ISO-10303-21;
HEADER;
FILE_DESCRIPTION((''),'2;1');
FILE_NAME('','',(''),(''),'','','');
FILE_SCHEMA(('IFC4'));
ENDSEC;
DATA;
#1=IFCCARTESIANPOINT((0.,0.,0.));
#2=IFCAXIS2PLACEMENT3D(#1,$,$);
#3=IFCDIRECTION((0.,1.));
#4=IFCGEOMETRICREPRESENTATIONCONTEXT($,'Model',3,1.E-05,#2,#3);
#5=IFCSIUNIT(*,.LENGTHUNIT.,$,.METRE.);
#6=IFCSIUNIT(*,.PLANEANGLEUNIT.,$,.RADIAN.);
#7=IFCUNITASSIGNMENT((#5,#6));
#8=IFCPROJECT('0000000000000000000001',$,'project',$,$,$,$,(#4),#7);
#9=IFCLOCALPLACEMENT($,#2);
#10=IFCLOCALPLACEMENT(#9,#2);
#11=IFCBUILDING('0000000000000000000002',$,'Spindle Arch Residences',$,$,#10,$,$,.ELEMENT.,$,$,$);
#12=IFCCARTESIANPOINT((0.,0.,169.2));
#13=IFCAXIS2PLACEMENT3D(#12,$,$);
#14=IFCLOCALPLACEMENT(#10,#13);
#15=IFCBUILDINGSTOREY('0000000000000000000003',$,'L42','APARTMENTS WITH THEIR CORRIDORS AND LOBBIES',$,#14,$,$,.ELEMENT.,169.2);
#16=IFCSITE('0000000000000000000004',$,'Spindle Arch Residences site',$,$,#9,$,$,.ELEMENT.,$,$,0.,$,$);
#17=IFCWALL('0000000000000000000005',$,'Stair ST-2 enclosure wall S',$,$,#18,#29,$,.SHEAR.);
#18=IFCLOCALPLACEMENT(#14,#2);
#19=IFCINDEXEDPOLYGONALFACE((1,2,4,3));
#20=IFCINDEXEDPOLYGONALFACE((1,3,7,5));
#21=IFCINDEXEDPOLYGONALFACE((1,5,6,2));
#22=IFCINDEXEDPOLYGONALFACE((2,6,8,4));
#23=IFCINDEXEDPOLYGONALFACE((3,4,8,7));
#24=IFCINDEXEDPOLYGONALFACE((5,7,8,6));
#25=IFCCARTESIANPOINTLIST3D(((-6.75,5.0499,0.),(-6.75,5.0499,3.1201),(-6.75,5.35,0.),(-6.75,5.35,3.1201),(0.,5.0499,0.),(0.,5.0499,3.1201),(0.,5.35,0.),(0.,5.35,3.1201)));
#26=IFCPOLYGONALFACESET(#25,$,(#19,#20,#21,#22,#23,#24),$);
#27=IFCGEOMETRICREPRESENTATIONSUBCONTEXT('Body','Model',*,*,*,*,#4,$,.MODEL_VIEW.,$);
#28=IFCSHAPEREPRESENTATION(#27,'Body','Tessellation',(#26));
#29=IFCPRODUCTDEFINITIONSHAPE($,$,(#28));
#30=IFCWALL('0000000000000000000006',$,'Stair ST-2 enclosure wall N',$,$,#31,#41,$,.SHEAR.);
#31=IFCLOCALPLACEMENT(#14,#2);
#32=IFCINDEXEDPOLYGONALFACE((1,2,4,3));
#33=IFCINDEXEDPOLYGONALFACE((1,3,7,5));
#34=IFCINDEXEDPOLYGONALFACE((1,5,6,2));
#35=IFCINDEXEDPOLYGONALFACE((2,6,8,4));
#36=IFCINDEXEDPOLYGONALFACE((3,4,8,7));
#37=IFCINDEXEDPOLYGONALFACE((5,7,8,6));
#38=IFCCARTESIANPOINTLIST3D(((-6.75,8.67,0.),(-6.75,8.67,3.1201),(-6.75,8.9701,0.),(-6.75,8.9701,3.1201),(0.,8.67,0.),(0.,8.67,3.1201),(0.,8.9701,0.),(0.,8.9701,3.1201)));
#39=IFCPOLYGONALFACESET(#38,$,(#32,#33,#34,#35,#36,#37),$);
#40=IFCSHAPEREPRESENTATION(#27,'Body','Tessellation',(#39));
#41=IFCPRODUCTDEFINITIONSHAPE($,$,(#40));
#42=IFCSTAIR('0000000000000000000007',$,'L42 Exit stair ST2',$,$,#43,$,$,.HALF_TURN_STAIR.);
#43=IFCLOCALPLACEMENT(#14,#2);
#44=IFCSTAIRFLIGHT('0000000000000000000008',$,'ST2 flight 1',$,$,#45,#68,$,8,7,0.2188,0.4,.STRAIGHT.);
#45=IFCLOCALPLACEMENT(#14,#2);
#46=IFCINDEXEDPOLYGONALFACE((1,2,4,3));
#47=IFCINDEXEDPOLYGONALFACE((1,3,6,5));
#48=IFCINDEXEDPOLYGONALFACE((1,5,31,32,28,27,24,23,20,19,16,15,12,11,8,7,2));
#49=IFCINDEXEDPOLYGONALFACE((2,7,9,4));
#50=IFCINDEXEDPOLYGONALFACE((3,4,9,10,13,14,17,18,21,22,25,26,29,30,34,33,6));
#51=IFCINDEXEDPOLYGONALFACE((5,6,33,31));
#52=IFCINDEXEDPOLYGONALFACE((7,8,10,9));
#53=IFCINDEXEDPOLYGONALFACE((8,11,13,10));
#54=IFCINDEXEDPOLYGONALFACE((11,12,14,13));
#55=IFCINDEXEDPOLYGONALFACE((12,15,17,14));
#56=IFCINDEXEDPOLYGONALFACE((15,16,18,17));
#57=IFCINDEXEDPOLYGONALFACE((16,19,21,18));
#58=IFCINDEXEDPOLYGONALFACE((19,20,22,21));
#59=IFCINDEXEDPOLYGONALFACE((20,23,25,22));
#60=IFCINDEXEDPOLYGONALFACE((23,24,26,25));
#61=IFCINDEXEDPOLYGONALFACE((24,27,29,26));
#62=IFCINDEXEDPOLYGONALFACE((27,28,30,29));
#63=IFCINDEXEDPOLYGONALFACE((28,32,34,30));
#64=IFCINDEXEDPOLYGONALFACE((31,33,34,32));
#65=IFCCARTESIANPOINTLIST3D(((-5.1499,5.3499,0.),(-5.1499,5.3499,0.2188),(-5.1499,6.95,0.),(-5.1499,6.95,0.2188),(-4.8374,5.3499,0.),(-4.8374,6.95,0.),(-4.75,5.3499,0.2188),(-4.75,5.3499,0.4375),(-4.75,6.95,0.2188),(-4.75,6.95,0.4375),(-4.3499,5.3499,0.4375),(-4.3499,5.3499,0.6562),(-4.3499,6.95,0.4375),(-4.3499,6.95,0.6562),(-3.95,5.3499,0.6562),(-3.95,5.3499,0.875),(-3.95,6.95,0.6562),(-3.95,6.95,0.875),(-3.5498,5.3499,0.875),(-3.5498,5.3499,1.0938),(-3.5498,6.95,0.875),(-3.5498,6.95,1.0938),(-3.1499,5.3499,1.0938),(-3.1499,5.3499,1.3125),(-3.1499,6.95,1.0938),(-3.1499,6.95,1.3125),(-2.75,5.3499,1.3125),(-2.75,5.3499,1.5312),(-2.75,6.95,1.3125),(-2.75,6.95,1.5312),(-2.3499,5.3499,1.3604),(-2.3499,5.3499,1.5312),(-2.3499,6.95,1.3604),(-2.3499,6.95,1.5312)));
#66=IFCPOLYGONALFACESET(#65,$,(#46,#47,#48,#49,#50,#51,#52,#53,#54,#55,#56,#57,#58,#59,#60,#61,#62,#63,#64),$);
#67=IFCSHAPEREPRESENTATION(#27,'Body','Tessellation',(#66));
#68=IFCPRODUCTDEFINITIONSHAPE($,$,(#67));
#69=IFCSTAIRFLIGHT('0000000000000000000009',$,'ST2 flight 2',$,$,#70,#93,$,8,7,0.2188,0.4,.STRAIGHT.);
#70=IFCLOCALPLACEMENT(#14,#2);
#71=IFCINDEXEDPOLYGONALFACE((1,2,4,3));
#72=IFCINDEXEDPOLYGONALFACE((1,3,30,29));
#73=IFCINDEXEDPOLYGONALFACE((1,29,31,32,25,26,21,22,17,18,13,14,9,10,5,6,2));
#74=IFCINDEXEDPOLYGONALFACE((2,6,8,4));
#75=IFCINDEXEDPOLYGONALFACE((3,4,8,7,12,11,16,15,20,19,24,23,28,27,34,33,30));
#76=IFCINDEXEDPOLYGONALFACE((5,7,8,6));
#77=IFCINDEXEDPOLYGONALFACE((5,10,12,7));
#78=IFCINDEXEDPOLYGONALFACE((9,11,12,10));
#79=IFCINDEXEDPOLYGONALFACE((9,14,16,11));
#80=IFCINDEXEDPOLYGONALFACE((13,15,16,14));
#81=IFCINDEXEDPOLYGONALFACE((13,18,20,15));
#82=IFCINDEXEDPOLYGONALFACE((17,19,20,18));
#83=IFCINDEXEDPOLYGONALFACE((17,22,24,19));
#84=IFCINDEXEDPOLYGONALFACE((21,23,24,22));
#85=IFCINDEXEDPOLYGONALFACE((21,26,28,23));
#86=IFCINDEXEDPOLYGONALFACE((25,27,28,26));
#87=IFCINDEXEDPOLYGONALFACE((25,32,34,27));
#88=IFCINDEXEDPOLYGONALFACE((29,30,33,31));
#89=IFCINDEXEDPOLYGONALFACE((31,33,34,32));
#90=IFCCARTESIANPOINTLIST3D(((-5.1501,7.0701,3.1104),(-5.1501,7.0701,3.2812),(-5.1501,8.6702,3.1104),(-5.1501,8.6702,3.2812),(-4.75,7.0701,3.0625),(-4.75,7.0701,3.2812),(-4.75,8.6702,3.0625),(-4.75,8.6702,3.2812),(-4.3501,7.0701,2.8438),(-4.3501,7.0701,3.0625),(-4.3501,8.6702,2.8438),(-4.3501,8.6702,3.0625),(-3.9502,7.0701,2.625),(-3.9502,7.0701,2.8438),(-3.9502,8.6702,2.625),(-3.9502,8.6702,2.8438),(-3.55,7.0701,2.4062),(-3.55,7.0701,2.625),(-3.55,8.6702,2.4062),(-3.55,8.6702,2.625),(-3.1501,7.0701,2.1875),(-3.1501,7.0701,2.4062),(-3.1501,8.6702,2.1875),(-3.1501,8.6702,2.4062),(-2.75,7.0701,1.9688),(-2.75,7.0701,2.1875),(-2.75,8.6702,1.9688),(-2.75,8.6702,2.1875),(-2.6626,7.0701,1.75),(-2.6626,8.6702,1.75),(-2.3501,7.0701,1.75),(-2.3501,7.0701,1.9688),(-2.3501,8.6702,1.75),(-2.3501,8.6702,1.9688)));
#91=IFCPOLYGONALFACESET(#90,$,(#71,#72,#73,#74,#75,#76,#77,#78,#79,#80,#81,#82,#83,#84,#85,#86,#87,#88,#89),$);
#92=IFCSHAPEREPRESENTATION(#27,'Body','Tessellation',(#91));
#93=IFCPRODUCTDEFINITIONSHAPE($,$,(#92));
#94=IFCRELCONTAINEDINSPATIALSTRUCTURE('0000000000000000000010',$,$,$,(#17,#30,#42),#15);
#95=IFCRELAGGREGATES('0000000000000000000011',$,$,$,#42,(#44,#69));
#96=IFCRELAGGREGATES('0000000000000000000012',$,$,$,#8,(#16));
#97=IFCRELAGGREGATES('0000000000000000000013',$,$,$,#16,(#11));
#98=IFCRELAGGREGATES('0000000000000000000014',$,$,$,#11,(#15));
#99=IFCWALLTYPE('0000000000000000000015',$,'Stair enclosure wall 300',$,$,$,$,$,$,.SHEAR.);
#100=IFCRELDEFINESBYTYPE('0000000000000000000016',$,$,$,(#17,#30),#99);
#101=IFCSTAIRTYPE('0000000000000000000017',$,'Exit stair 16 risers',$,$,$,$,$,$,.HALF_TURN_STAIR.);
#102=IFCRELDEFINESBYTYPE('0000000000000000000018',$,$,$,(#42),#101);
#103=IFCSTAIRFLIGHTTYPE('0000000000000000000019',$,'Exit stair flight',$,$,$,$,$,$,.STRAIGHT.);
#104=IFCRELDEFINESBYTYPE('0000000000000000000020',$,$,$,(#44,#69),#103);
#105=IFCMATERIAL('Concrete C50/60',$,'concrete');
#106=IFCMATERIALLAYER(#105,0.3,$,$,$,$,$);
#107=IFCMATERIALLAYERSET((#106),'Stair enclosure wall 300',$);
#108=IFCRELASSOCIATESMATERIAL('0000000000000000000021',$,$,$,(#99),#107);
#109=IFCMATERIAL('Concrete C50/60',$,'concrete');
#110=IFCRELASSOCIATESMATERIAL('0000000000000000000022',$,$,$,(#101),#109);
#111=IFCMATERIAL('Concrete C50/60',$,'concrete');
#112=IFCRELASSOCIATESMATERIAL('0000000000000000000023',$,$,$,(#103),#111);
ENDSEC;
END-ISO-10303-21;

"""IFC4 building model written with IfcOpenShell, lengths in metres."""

from ifc_helpers import new_model, si_unit, direction, frame, frame_2d, origin, place, context, subcontext, project, spatial, polyline, rectangle, outline, extrude, material, layer, layer_set, type_object, element, aggregate, save


model = new_model("IFC4")

# Units and contexts
model_context = context("Model", 3, precision=1e-05, world=origin(), true_north=direction((0.0, 1.0)))
body_context = subcontext(model_context, "Body", "Model", "MODEL_VIEW")
ifc_project = project(units=[si_unit("LENGTHUNIT", "METRE"), si_unit("PLANEANGLEUNIT", "RADIAN")], contexts=[model_context])

# Site, building, storey
site_placement = place(None, origin())
site = spatial("IfcSite", under=ifc_project, at=site_placement, Name="Spindle Arch Residences site", CompositionType="ELEMENT", RefElevation=0.0)
building_placement = place(site_placement, origin())
building = spatial("IfcBuilding", under=site, at=building_placement, Name="Spindle Arch Residences", CompositionType="ELEMENT")
storey_placement = place(building_placement, frame((0.0, 0.0, 169.2)))
storey = spatial("IfcBuildingStorey", under=building, at=storey_placement, Name="L42", Description="APARTMENTS WITH THEIR CORRIDORS AND LOBBIES", CompositionType="ELEMENT", Elevation=169.2)

# Walls
ifc_material_1 = material(Name="Concrete C50/60", Category="concrete")
ifc_layer_1 = layer(ifc_material_1, 0.3)
ifc_layer_set_1 = layer_set([ifc_layer_1], Name="Stair enclosure wall 300")
wall_type_1 = type_object("IfcWallType", Name="Stair enclosure wall 300", PredefinedType="SHEAR", material=ifc_layer_set_1)
for number, where, z_axis, x_axis, name in (
    (1, (-6.75, 5.2, 0.0), (0.0, 0.0, 1.0), (1.0, 0.0, 0.0), "Stair ST-2 enclosure wall S"),
    (2, (-6.75, 8.8201, 0.0), (0.0, 0.0, 1.0), (1.0, 0.0, 0.0), "Stair ST-2 enclosure wall N"),
):
    element("IfcWall", number, at=place(storey_placement, frame(where, z_axis=z_axis, x_axis=x_axis)), inside=storey, type_object=wall_type_1, Name=name, PredefinedType="SHEAR", context=body_context, shape_type="SweptSolid", body=[
        extrude(rectangle(XDim=6.75, YDim=0.3, at=frame_2d((3.375, 0.0))), origin(), (0.0, 0.0, 1.0), 3.1201),
    ])

# Stair, stair flights
ifc_material_2 = material(Name="Concrete C50/60", Category="concrete")
stair_type = type_object("IfcStairType", Name="Exit stair 16 risers", PredefinedType="HALF_TURN_STAIR", material=ifc_material_2)
stair_placement = place(storey_placement, origin())
stair = element("IfcStair", 3, at=stair_placement, inside=storey, type_object=stair_type, Name="L42 Exit stair ST2", PredefinedType="HALF_TURN_STAIR")
ifc_material_3 = material(Name="Concrete C50/60", Category="concrete")
stair_flight_type = type_object("IfcStairFlightType", Name="Exit stair flight", PredefinedType="STRAIGHT", material=ifc_material_3)
stair_flight_1_placement = place(storey_placement, frame((-5.1499, 6.1499, 0.0), z_axis=(0.0, 0.0, 1.0), x_axis=(1.0, 0.0, 0.0)))
stair_flight_1 = element("IfcStairFlight", 4, at=stair_flight_1_placement, type_object=stair_flight_type, Name="ST2 flight 1", NumberOfRisers=8, NumberOfTreads=7, PredefinedType="STRAIGHT", RiserHeight=0.2188, TreadLength=0.4, context=body_context, shape_type="SweptSolid", body=[
    extrude(outline(polyline([(0.0, 0.0), (0.0, 0.2188), (0.3999, 0.2188), (0.3999, 0.4375), (0.8, 0.4375), (0.8, 0.6562), (1.2, 0.6562), (1.2, 0.875), (1.6001, 0.875), (1.6001, 1.0938), (2.0, 1.0938), (2.0, 1.3125), (2.3999, 1.3125), (2.3999, 1.5312), (2.8, 1.5312), (2.8, 1.75), (2.8, 1.3604), (0.3125, 0.0), (0.0, 0.0)])), frame((0.0, 0.8, 0.0), z_axis=(0.0, -1.0, 0.0), x_axis=(1.0, 0.0, 0.0)), (0.0, 0.0, 1.0), 1.6001),
])
stair_flight_2_placement = place(storey_placement, frame((-2.3501, 7.8701, 1.75), z_axis=(0.0, 0.0, 1.0), x_axis=(-1.0, 0.0, 0.0)))
stair_flight_2 = element("IfcStairFlight", 5, at=stair_flight_2_placement, type_object=stair_flight_type, Name="ST2 flight 2", NumberOfRisers=8, NumberOfTreads=7, PredefinedType="STRAIGHT", RiserHeight=0.2188, TreadLength=0.4, context=body_context, shape_type="SweptSolid", body=[
    extrude(outline(polyline([(0.0, 0.0), (0.0, 0.2188), (0.3999, 0.2188), (0.3999, 0.4375), (0.8, 0.4375), (0.8, 0.6562), (1.2, 0.6562), (1.2, 0.875), (1.6001, 0.875), (1.6001, 1.0938), (2.0, 1.0938), (2.0, 1.3125), (2.3999, 1.3125), (2.3999, 1.5312), (2.8, 1.5312), (2.8, 1.75), (2.8, 1.3604), (0.3125, 0.0), (0.0, 0.0)])), frame((0.0, 0.8, 0.0), z_axis=(0.0, -1.0, 0.0), x_axis=(1.0, 0.0, 0.0)), (0.0, 0.0, 1.0), 1.6001),
])
aggregate(stair, [stair_flight_1, stair_flight_2])

save(model, "model.ifc")
